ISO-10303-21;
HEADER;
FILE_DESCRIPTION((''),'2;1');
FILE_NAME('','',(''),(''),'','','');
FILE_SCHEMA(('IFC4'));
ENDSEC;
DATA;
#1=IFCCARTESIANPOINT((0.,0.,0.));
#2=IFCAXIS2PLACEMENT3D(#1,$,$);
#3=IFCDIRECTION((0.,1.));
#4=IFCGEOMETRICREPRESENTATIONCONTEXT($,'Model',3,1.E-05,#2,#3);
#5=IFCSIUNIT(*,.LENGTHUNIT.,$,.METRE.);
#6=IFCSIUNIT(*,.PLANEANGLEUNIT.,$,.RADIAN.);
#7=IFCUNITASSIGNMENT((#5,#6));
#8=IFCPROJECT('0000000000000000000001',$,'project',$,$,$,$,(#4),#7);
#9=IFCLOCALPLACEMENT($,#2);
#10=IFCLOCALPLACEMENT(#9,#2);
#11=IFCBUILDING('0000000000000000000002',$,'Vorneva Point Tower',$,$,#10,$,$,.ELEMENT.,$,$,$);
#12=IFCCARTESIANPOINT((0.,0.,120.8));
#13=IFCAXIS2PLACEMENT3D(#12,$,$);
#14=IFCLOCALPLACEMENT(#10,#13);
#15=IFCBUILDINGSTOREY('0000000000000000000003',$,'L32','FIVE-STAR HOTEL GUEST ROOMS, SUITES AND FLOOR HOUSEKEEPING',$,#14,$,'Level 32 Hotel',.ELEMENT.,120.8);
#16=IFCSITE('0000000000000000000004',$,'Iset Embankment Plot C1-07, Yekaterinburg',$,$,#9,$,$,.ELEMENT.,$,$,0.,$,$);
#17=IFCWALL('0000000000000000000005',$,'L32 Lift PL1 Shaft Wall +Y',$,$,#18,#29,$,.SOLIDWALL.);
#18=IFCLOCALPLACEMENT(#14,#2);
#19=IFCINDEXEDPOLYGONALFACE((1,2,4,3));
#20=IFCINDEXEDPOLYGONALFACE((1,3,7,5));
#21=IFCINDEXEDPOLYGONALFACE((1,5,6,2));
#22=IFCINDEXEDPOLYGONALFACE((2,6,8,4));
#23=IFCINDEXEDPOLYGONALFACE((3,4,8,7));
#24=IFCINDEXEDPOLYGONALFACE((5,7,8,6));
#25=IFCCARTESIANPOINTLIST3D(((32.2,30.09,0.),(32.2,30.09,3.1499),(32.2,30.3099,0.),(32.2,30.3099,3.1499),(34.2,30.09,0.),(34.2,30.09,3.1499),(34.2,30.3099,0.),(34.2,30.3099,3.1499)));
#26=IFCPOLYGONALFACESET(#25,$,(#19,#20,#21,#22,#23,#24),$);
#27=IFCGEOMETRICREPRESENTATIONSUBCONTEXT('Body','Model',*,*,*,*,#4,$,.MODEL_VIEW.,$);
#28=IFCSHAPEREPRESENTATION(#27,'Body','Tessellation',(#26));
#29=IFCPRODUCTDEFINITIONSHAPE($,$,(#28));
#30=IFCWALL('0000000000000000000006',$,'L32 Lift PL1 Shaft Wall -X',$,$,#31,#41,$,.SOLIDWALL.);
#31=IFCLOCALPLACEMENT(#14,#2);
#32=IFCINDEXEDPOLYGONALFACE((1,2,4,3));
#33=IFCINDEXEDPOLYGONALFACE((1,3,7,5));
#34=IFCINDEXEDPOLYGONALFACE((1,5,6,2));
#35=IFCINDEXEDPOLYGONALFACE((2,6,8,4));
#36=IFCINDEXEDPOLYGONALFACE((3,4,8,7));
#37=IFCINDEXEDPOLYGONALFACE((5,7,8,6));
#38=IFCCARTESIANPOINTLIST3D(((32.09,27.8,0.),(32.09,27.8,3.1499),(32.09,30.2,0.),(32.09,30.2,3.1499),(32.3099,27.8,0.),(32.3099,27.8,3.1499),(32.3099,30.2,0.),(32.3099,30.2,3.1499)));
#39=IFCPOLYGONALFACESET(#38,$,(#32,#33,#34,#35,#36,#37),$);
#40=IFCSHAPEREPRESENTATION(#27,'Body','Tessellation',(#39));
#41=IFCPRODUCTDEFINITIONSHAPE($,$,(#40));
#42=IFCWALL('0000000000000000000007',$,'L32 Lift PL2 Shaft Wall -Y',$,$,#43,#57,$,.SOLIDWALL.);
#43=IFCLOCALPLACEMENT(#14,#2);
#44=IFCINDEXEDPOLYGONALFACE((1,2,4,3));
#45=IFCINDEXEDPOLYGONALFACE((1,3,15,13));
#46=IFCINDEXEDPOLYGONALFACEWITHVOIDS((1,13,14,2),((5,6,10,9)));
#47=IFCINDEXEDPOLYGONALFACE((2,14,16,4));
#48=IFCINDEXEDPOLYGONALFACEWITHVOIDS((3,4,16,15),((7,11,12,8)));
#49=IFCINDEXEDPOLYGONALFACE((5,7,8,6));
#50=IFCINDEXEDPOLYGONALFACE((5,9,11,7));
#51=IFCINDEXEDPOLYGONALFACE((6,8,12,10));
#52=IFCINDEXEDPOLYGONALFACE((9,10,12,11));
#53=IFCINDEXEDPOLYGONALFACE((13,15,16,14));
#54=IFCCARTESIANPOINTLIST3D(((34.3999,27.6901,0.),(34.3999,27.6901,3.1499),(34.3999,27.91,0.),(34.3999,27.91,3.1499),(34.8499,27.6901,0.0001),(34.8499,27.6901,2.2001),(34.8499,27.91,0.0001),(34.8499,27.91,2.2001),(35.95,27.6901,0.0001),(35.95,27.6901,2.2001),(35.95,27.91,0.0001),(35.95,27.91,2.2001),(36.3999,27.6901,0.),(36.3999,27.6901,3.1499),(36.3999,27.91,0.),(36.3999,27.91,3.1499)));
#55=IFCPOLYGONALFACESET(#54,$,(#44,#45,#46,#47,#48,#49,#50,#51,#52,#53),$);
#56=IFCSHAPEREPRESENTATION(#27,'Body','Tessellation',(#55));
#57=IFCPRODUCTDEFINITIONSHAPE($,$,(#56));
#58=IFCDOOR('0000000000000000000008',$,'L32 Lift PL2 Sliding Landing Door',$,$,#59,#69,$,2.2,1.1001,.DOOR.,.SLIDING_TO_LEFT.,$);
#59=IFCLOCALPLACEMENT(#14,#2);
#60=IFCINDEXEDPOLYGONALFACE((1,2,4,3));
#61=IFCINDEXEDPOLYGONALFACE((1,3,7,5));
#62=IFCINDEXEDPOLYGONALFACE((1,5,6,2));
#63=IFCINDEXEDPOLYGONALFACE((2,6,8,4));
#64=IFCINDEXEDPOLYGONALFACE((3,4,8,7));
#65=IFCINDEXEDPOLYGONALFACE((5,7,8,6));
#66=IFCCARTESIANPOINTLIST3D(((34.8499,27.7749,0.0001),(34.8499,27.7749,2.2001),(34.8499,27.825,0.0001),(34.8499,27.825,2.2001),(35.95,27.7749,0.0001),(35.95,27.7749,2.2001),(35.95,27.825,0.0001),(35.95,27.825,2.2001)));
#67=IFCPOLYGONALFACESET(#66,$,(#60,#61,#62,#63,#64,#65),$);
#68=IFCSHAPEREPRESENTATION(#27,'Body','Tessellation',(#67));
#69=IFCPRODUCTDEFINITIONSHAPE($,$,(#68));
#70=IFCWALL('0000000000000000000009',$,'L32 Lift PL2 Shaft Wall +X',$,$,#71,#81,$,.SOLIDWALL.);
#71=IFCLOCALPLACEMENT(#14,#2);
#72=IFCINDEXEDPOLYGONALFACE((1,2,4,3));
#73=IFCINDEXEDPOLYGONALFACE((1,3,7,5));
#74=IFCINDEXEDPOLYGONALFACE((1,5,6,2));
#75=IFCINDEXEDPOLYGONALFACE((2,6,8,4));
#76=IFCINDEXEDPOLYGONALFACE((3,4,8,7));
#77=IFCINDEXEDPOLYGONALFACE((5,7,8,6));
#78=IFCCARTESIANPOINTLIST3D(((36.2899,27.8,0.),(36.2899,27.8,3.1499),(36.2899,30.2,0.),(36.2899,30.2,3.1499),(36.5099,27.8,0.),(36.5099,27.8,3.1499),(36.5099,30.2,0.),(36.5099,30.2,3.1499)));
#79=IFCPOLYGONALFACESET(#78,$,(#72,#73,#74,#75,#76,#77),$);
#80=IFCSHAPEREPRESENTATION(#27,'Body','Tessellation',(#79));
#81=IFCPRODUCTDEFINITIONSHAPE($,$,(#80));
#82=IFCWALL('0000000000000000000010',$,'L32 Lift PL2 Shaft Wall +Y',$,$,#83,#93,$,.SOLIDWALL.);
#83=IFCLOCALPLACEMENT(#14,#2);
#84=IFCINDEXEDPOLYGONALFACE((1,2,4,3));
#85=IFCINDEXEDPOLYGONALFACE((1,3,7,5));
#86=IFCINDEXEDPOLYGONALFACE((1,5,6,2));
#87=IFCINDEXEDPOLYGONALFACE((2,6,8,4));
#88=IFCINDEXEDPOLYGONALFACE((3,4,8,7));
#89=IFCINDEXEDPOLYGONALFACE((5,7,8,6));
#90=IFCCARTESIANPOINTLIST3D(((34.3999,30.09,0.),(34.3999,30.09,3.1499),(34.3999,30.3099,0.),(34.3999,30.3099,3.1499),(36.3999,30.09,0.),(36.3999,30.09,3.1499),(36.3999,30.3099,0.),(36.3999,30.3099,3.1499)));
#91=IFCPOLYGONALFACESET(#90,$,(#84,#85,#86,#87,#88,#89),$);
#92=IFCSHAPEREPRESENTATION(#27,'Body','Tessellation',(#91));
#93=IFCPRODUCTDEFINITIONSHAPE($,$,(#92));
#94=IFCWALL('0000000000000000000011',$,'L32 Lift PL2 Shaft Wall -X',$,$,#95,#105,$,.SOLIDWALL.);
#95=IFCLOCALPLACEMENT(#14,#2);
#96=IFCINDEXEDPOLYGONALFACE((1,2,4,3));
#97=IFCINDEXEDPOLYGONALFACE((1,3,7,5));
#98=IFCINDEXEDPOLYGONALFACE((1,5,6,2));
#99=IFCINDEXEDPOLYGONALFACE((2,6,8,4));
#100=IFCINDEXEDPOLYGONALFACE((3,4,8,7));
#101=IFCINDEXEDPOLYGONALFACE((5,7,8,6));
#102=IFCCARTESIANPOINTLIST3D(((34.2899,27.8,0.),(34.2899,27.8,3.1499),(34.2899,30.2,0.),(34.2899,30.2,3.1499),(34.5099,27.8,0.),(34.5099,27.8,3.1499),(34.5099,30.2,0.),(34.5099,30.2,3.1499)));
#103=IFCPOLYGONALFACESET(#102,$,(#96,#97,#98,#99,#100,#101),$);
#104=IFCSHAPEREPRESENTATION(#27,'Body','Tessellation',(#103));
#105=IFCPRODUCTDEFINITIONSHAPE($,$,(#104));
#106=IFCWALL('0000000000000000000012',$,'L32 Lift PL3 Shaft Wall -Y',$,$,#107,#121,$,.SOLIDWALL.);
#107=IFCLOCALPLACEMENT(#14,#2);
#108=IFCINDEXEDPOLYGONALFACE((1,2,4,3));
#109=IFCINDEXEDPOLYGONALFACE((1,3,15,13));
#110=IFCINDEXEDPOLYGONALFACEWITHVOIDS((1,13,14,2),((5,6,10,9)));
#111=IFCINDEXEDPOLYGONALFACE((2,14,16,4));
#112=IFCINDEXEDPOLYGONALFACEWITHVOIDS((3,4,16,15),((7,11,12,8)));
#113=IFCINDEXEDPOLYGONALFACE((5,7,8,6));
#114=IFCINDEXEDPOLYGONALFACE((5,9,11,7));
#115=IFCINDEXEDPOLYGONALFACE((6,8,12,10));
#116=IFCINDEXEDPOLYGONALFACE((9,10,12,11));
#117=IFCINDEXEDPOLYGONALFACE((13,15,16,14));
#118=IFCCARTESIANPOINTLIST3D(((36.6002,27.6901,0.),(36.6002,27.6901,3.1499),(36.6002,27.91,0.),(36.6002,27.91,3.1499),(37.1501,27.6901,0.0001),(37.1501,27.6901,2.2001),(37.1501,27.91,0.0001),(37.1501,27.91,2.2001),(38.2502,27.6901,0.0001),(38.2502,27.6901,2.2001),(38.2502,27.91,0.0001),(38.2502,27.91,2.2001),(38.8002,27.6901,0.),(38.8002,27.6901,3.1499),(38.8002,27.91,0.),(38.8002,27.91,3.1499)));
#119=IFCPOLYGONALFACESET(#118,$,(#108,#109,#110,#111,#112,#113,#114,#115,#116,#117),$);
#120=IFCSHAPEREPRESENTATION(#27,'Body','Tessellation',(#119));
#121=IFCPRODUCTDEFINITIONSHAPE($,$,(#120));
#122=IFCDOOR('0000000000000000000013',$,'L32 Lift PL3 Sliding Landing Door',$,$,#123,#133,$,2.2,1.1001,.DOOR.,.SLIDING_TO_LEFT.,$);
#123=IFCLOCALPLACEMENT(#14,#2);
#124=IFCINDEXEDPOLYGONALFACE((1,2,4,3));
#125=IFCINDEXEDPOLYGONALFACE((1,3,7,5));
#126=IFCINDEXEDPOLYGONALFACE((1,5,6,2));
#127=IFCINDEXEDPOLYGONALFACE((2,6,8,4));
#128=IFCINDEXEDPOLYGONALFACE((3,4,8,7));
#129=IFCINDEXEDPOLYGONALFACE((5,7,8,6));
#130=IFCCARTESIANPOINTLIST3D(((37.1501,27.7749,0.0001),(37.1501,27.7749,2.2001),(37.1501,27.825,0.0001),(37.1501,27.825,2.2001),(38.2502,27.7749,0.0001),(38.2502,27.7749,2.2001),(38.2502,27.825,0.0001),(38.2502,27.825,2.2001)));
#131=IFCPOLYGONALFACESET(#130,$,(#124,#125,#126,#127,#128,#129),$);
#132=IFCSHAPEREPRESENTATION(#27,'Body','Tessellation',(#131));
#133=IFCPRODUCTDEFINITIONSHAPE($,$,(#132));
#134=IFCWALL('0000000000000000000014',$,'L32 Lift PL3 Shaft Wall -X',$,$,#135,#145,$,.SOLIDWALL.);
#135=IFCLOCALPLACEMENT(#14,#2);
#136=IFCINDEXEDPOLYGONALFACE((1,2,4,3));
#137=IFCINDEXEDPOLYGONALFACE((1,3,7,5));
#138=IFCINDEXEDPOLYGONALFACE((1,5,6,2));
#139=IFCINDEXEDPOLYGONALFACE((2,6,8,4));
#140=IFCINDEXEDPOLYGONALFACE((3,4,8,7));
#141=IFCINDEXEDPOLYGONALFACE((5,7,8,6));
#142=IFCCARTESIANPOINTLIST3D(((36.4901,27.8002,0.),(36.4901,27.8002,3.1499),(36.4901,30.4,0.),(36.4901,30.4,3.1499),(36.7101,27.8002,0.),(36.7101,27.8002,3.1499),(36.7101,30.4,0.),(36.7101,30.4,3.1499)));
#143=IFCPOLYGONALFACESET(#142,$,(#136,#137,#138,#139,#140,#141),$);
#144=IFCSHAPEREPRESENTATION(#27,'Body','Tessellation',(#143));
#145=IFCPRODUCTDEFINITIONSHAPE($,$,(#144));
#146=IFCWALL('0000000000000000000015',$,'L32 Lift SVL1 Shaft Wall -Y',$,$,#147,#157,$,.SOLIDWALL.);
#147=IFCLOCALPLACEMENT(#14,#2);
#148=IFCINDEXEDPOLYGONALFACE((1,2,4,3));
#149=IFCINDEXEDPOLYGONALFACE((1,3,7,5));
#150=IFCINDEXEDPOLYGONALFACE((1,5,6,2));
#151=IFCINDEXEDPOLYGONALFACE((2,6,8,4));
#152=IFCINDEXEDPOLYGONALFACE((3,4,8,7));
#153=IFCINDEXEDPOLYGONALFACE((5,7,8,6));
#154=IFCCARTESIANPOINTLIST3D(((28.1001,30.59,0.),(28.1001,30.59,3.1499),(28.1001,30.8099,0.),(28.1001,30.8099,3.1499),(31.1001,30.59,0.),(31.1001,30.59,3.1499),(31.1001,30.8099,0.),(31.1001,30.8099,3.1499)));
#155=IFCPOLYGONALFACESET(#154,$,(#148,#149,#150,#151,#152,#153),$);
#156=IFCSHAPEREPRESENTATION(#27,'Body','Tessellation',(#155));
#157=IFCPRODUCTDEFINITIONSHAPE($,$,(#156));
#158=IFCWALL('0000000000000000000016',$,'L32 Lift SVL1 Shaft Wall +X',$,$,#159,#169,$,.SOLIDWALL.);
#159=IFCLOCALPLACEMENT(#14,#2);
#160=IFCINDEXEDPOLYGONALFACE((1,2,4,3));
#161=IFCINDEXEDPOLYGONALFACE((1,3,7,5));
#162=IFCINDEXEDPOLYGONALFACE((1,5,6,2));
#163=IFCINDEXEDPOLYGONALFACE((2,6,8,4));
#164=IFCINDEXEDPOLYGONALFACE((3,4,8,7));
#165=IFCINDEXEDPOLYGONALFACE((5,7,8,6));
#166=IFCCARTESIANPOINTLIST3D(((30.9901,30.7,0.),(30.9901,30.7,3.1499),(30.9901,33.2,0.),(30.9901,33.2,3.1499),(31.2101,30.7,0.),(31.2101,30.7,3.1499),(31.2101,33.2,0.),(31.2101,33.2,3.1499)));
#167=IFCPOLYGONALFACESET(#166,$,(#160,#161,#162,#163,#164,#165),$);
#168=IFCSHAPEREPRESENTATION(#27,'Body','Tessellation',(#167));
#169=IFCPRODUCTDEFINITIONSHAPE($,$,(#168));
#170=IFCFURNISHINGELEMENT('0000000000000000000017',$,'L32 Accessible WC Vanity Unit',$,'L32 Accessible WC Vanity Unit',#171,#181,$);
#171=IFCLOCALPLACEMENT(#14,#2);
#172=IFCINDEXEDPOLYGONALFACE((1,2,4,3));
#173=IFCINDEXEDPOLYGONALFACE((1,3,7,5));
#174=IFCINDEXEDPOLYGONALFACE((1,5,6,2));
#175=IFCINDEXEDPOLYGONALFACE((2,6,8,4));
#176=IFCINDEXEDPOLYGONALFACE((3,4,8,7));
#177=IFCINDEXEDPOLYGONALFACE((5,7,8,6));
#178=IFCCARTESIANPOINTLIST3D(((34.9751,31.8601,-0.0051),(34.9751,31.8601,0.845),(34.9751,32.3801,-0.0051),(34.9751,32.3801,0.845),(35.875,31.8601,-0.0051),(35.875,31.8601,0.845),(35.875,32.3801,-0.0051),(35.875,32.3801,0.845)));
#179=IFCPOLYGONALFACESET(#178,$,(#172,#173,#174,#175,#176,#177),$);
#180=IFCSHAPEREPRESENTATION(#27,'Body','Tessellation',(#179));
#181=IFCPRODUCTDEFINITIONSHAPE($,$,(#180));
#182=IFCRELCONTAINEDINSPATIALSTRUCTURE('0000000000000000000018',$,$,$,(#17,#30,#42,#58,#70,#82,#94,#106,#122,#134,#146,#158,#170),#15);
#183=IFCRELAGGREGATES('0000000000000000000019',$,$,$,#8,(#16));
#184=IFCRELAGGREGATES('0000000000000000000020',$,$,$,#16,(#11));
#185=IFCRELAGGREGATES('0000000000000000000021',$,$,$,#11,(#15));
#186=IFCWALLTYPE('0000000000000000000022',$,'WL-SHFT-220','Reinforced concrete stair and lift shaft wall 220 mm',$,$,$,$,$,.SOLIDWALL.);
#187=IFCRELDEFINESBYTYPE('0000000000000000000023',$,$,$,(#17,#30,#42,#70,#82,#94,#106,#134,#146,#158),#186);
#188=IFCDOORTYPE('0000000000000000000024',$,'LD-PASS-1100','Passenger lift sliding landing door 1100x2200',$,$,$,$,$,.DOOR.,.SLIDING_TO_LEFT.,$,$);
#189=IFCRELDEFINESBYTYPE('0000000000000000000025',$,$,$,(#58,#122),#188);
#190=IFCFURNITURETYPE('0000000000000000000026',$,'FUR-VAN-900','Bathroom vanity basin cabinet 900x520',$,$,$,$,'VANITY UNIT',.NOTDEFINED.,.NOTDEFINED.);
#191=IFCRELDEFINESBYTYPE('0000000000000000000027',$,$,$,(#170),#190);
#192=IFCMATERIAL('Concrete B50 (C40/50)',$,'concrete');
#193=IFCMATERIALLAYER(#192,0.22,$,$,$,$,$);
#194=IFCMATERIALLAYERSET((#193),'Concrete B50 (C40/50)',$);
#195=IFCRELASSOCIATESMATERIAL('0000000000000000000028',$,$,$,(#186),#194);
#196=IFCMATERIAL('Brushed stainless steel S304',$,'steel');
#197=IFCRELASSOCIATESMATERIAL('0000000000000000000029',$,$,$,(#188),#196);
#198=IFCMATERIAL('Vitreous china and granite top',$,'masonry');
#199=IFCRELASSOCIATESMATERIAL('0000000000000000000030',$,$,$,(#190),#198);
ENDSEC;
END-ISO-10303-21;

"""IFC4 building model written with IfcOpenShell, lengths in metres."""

from ifc_helpers import new_model, si_unit, direction, frame, frame_2d, origin, origin_2d, place, context, subcontext, project, spatial, rectangle, extrude, material, layer, layer_set, type_object, element, fill, save


model = new_model("IFC4")

# Units and contexts
model_context = context("Model", 3, precision=1e-05, world=origin(), true_north=direction((0.0, 1.0)))
body_context = subcontext(model_context, "Body", "Model", "MODEL_VIEW")
ifc_project = project(units=[si_unit("LENGTHUNIT", "METRE"), si_unit("PLANEANGLEUNIT", "RADIAN")], contexts=[model_context])

# Site, building, storey
site_placement = place(None, origin())
site = spatial("IfcSite", under=ifc_project, at=site_placement, Name="Iset Embankment Plot C1-07, Yekaterinburg", CompositionType="ELEMENT", RefElevation=0.0)
building_placement = place(site_placement, origin())
building = spatial("IfcBuilding", under=site, at=building_placement, Name="Vorneva Point Tower", CompositionType="ELEMENT")
storey_placement = place(building_placement, frame((0.0, 0.0, 120.8)))
storey = spatial("IfcBuildingStorey", under=building, at=storey_placement, Name="L32", Description="FIVE-STAR HOTEL GUEST ROOMS, SUITES AND FLOOR HOUSEKEEPING", LongName="Level 32 Hotel", CompositionType="ELEMENT", Elevation=120.8)

# Shared definitions
ifc_material_1 = material(Name="Concrete B50 (C40/50)", Category="concrete")
ifc_layer_1 = layer(ifc_material_1, 0.22)
ifc_layer_set_1 = layer_set([ifc_layer_1], Name="Concrete B50 (C40/50)")
wall_type_1 = type_object("IfcWallType", Name="WL-SHFT-220", Description="Reinforced concrete stair and lift shaft wall 220 mm", PredefinedType="SOLIDWALL", material=ifc_layer_set_1)
ifc_material_2 = material(Name="Brushed stainless steel S304", Category="steel")
door_type = type_object("IfcDoorType", Name="LD-PASS-1100", Description="Passenger lift sliding landing door 1100x2200", OperationType="SLIDING_TO_LEFT", PredefinedType="DOOR", material=ifc_material_2)

# Walls
wall_1_placement = place(storey_placement, frame((34.2, 30.2, 0.0), z_axis=(0.0, 0.0, 1.0), x_axis=(-1.0, 0.0, 0.0)))
element("IfcWall", 1, at=wall_1_placement, inside=storey, type_object=wall_type_1, Name="L32 Lift PL1 Shaft Wall +Y", PredefinedType="SOLIDWALL", context=body_context, shape_type="SweptSolid", body=[
    extrude(rectangle(XDim=2.0, YDim=0.22, at=frame_2d((1.0, 0.0))), origin(), (0.0, 0.0, 1.0), 3.1499),
])
wall_2_placement = place(storey_placement, frame((32.2, 30.2, 0.0), z_axis=(0.0, 0.0, 1.0), x_axis=(0.0, -1.0, 0.0)))
element("IfcWall", 2, at=wall_2_placement, inside=storey, type_object=wall_type_1, Name="L32 Lift PL1 Shaft Wall -X", PredefinedType="SOLIDWALL", context=body_context, shape_type="SweptSolid", body=[
    extrude(rectangle(XDim=2.3999, YDim=0.22, at=frame_2d((1.2, 0.0))), origin(), (0.0, 0.0, 1.0), 3.1499),
])

# Wall, opening, door
wall_3_placement = place(storey_placement, frame((34.3999, 27.8, 0.0), z_axis=(0.0, 0.0, 1.0), x_axis=(1.0, 0.0, 0.0)))
wall_3 = element("IfcWall", 3, at=wall_3_placement, inside=storey, type_object=wall_type_1, Name="L32 Lift PL2 Shaft Wall -Y", PredefinedType="SOLIDWALL", context=body_context, shape_type="SweptSolid", body=[
    extrude(rectangle(XDim=2.0, YDim=0.22, at=frame_2d((1.0, 0.0))), origin(), (0.0, 0.0, 1.0), 3.1499),
])
opening_1_placement = place(wall_3_placement, frame((0.45, 0.0, 0.0)))
opening_1 = element("IfcOpeningElement", 4, at=opening_1_placement, cuts=wall_3, PredefinedType="OPENING", context=body_context, shape_type="SweptSolid", body=[
    extrude(rectangle(XDim=1.1001, YDim=2.2, at=frame_2d((0.55, 1.1001))), frame((0.0, 0.125, 0.0), z_axis=(0.0, -1.0, 0.0), x_axis=(1.0, 0.0, 0.0)), (0.0, 0.0, 1.0), 0.2498),
])
door_1_placement = place(opening_1_placement, origin())
door_1 = element("IfcDoor", 5, at=door_1_placement, inside=storey, type_object=door_type, Name="L32 Lift PL2 Sliding Landing Door", OperationType="SLIDING_TO_LEFT", OverallHeight=2.2, OverallWidth=1.1001, PredefinedType="DOOR", context=body_context, shape_type="SweptSolid", body=[
    extrude(rectangle(XDim=1.1001, YDim=2.2, at=frame_2d((0.55, 1.1001))), frame((0.0, 0.0249, 0.0), z_axis=(0.0, -1.0, 0.0), x_axis=(1.0, 0.0, 0.0)), (0.0, 0.0, 1.0), 0.05),
])
fill(opening_1, door_1)

# Walls
wall_4_placement = place(storey_placement, frame((36.3999, 27.8, 0.0), z_axis=(0.0, 0.0, 1.0), x_axis=(0.0, 1.0, 0.0)))
element("IfcWall", 6, at=wall_4_placement, inside=storey, type_object=wall_type_1, Name="L32 Lift PL2 Shaft Wall +X", PredefinedType="SOLIDWALL", context=body_context, shape_type="SweptSolid", body=[
    extrude(rectangle(XDim=2.3999, YDim=0.22, at=frame_2d((1.2, 0.0))), origin(), (0.0, 0.0, 1.0), 3.1499),
])
wall_5_placement = place(storey_placement, frame((36.3999, 30.2, 0.0), z_axis=(0.0, 0.0, 1.0), x_axis=(-1.0, 0.0, 0.0)))
element("IfcWall", 7, at=wall_5_placement, inside=storey, type_object=wall_type_1, Name="L32 Lift PL2 Shaft Wall +Y", PredefinedType="SOLIDWALL", context=body_context, shape_type="SweptSolid", body=[
    extrude(rectangle(XDim=2.0, YDim=0.22, at=frame_2d((1.0, 0.0))), origin(), (0.0, 0.0, 1.0), 3.1499),
])
wall_6_placement = place(storey_placement, frame((34.3999, 30.2, 0.0), z_axis=(0.0, 0.0, 1.0), x_axis=(0.0, -1.0, 0.0)))
element("IfcWall", 8, at=wall_6_placement, inside=storey, type_object=wall_type_1, Name="L32 Lift PL2 Shaft Wall -X", PredefinedType="SOLIDWALL", context=body_context, shape_type="SweptSolid", body=[
    extrude(rectangle(XDim=2.3999, YDim=0.22, at=frame_2d((1.2, 0.0))), origin(), (0.0, 0.0, 1.0), 3.1499),
])

# Wall, opening, door
wall_7_placement = place(storey_placement, frame((36.6001, 27.8, 0.0), z_axis=(0.0, 0.0, 1.0), x_axis=(1.0, 0.0, 0.0)))
wall_7 = element("IfcWall", 9, at=wall_7_placement, inside=storey, type_object=wall_type_1, Name="L32 Lift PL3 Shaft Wall -Y", PredefinedType="SOLIDWALL", context=body_context, shape_type="SweptSolid", body=[
    extrude(rectangle(XDim=2.2, YDim=0.22, at=frame_2d((1.1001, 0.0))), origin(), (0.0, 0.0, 1.0), 3.1499),
])
opening_2_placement = place(wall_7_placement, frame((0.55, 0.0, 0.0)))
opening_2 = element("IfcOpeningElement", 10, at=opening_2_placement, cuts=wall_7, PredefinedType="OPENING", context=body_context, shape_type="SweptSolid", body=[
    extrude(rectangle(XDim=1.1001, YDim=2.2, at=frame_2d((0.55, 1.1001))), frame((0.0, 0.125, 0.0), z_axis=(0.0, -1.0, 0.0), x_axis=(1.0, 0.0, 0.0)), (0.0, 0.0, 1.0), 0.2498),
])
door_2_placement = place(opening_2_placement, origin())
door_2 = element("IfcDoor", 11, at=door_2_placement, inside=storey, type_object=door_type, Name="L32 Lift PL3 Sliding Landing Door", OperationType="SLIDING_TO_LEFT", OverallHeight=2.2, OverallWidth=1.1001, PredefinedType="DOOR", context=body_context, shape_type="SweptSolid", body=[
    extrude(rectangle(XDim=1.1001, YDim=2.2, at=frame_2d((0.55, 1.1001))), frame((0.0, 0.0249, 0.0), z_axis=(0.0, -1.0, 0.0), x_axis=(1.0, 0.0, 0.0)), (0.0, 0.0, 1.0), 0.05),
])
fill(opening_2, door_2)

# Walls
wall_8_placement = place(storey_placement, frame((36.6001, 30.3999, 0.0), z_axis=(0.0, 0.0, 1.0), x_axis=(0.0, -1.0, 0.0)))
element("IfcWall", 12, at=wall_8_placement, inside=storey, type_object=wall_type_1, Name="L32 Lift PL3 Shaft Wall -X", PredefinedType="SOLIDWALL", context=body_context, shape_type="SweptSolid", body=[
    extrude(rectangle(XDim=2.5999, YDim=0.22, at=frame_2d((1.2998, 0.0))), origin(), (0.0, 0.0, 1.0), 3.1499),
])
wall_9_placement = place(storey_placement, frame((28.1001, 30.7, 0.0), z_axis=(0.0, 0.0, 1.0), x_axis=(1.0, 0.0, 0.0)))
element("IfcWall", 13, at=wall_9_placement, inside=storey, type_object=wall_type_1, Name="L32 Lift SVL1 Shaft Wall -Y", PredefinedType="SOLIDWALL", context=body_context, shape_type="SweptSolid", body=[
    extrude(rectangle(XDim=3.0, YDim=0.22, at=frame_2d((1.5, 0.0))), origin(), (0.0, 0.0, 1.0), 3.1499),
])
wall_10_placement = place(storey_placement, frame((31.1001, 30.7, 0.0), z_axis=(0.0, 0.0, 1.0), x_axis=(0.0, 1.0, 0.0)))
element("IfcWall", 14, at=wall_10_placement, inside=storey, type_object=wall_type_1, Name="L32 Lift SVL1 Shaft Wall +X", PredefinedType="SOLIDWALL", context=body_context, shape_type="SweptSolid", body=[
    extrude(rectangle(XDim=2.5, YDim=0.22, at=frame_2d((1.25, 0.0))), origin(), (0.0, 0.0, 1.0), 3.1499),
])

# Furnishing element
ifc_material_3 = material(Name="Vitreous china and granite top", Category="masonry")
furniture_type = type_object("IfcFurnitureType", Name="FUR-VAN-900", Description="Bathroom vanity basin cabinet 900x520", ElementType="VANITY UNIT", AssemblyPlace="NOTDEFINED", PredefinedType="NOTDEFINED", material=ifc_material_3)
furnishing_placement = place(storey_placement, frame((35.425, 32.1201, -0.0051), z_axis=(0.0, 0.0, 1.0), x_axis=(1.0, 0.0, 0.0)))
element("IfcFurnishingElement", 15, at=furnishing_placement, inside=storey, type_object=furniture_type, Name="L32 Accessible WC Vanity Unit", ObjectType="L32 Accessible WC Vanity Unit", context=body_context, shape_type="SweptSolid", body=[
    extrude(rectangle(XDim=0.8999, YDim=0.52, at=origin_2d()), origin(), (0.0, 0.0, 1.0), 0.8501),
])

save(model, "model.ifc")
